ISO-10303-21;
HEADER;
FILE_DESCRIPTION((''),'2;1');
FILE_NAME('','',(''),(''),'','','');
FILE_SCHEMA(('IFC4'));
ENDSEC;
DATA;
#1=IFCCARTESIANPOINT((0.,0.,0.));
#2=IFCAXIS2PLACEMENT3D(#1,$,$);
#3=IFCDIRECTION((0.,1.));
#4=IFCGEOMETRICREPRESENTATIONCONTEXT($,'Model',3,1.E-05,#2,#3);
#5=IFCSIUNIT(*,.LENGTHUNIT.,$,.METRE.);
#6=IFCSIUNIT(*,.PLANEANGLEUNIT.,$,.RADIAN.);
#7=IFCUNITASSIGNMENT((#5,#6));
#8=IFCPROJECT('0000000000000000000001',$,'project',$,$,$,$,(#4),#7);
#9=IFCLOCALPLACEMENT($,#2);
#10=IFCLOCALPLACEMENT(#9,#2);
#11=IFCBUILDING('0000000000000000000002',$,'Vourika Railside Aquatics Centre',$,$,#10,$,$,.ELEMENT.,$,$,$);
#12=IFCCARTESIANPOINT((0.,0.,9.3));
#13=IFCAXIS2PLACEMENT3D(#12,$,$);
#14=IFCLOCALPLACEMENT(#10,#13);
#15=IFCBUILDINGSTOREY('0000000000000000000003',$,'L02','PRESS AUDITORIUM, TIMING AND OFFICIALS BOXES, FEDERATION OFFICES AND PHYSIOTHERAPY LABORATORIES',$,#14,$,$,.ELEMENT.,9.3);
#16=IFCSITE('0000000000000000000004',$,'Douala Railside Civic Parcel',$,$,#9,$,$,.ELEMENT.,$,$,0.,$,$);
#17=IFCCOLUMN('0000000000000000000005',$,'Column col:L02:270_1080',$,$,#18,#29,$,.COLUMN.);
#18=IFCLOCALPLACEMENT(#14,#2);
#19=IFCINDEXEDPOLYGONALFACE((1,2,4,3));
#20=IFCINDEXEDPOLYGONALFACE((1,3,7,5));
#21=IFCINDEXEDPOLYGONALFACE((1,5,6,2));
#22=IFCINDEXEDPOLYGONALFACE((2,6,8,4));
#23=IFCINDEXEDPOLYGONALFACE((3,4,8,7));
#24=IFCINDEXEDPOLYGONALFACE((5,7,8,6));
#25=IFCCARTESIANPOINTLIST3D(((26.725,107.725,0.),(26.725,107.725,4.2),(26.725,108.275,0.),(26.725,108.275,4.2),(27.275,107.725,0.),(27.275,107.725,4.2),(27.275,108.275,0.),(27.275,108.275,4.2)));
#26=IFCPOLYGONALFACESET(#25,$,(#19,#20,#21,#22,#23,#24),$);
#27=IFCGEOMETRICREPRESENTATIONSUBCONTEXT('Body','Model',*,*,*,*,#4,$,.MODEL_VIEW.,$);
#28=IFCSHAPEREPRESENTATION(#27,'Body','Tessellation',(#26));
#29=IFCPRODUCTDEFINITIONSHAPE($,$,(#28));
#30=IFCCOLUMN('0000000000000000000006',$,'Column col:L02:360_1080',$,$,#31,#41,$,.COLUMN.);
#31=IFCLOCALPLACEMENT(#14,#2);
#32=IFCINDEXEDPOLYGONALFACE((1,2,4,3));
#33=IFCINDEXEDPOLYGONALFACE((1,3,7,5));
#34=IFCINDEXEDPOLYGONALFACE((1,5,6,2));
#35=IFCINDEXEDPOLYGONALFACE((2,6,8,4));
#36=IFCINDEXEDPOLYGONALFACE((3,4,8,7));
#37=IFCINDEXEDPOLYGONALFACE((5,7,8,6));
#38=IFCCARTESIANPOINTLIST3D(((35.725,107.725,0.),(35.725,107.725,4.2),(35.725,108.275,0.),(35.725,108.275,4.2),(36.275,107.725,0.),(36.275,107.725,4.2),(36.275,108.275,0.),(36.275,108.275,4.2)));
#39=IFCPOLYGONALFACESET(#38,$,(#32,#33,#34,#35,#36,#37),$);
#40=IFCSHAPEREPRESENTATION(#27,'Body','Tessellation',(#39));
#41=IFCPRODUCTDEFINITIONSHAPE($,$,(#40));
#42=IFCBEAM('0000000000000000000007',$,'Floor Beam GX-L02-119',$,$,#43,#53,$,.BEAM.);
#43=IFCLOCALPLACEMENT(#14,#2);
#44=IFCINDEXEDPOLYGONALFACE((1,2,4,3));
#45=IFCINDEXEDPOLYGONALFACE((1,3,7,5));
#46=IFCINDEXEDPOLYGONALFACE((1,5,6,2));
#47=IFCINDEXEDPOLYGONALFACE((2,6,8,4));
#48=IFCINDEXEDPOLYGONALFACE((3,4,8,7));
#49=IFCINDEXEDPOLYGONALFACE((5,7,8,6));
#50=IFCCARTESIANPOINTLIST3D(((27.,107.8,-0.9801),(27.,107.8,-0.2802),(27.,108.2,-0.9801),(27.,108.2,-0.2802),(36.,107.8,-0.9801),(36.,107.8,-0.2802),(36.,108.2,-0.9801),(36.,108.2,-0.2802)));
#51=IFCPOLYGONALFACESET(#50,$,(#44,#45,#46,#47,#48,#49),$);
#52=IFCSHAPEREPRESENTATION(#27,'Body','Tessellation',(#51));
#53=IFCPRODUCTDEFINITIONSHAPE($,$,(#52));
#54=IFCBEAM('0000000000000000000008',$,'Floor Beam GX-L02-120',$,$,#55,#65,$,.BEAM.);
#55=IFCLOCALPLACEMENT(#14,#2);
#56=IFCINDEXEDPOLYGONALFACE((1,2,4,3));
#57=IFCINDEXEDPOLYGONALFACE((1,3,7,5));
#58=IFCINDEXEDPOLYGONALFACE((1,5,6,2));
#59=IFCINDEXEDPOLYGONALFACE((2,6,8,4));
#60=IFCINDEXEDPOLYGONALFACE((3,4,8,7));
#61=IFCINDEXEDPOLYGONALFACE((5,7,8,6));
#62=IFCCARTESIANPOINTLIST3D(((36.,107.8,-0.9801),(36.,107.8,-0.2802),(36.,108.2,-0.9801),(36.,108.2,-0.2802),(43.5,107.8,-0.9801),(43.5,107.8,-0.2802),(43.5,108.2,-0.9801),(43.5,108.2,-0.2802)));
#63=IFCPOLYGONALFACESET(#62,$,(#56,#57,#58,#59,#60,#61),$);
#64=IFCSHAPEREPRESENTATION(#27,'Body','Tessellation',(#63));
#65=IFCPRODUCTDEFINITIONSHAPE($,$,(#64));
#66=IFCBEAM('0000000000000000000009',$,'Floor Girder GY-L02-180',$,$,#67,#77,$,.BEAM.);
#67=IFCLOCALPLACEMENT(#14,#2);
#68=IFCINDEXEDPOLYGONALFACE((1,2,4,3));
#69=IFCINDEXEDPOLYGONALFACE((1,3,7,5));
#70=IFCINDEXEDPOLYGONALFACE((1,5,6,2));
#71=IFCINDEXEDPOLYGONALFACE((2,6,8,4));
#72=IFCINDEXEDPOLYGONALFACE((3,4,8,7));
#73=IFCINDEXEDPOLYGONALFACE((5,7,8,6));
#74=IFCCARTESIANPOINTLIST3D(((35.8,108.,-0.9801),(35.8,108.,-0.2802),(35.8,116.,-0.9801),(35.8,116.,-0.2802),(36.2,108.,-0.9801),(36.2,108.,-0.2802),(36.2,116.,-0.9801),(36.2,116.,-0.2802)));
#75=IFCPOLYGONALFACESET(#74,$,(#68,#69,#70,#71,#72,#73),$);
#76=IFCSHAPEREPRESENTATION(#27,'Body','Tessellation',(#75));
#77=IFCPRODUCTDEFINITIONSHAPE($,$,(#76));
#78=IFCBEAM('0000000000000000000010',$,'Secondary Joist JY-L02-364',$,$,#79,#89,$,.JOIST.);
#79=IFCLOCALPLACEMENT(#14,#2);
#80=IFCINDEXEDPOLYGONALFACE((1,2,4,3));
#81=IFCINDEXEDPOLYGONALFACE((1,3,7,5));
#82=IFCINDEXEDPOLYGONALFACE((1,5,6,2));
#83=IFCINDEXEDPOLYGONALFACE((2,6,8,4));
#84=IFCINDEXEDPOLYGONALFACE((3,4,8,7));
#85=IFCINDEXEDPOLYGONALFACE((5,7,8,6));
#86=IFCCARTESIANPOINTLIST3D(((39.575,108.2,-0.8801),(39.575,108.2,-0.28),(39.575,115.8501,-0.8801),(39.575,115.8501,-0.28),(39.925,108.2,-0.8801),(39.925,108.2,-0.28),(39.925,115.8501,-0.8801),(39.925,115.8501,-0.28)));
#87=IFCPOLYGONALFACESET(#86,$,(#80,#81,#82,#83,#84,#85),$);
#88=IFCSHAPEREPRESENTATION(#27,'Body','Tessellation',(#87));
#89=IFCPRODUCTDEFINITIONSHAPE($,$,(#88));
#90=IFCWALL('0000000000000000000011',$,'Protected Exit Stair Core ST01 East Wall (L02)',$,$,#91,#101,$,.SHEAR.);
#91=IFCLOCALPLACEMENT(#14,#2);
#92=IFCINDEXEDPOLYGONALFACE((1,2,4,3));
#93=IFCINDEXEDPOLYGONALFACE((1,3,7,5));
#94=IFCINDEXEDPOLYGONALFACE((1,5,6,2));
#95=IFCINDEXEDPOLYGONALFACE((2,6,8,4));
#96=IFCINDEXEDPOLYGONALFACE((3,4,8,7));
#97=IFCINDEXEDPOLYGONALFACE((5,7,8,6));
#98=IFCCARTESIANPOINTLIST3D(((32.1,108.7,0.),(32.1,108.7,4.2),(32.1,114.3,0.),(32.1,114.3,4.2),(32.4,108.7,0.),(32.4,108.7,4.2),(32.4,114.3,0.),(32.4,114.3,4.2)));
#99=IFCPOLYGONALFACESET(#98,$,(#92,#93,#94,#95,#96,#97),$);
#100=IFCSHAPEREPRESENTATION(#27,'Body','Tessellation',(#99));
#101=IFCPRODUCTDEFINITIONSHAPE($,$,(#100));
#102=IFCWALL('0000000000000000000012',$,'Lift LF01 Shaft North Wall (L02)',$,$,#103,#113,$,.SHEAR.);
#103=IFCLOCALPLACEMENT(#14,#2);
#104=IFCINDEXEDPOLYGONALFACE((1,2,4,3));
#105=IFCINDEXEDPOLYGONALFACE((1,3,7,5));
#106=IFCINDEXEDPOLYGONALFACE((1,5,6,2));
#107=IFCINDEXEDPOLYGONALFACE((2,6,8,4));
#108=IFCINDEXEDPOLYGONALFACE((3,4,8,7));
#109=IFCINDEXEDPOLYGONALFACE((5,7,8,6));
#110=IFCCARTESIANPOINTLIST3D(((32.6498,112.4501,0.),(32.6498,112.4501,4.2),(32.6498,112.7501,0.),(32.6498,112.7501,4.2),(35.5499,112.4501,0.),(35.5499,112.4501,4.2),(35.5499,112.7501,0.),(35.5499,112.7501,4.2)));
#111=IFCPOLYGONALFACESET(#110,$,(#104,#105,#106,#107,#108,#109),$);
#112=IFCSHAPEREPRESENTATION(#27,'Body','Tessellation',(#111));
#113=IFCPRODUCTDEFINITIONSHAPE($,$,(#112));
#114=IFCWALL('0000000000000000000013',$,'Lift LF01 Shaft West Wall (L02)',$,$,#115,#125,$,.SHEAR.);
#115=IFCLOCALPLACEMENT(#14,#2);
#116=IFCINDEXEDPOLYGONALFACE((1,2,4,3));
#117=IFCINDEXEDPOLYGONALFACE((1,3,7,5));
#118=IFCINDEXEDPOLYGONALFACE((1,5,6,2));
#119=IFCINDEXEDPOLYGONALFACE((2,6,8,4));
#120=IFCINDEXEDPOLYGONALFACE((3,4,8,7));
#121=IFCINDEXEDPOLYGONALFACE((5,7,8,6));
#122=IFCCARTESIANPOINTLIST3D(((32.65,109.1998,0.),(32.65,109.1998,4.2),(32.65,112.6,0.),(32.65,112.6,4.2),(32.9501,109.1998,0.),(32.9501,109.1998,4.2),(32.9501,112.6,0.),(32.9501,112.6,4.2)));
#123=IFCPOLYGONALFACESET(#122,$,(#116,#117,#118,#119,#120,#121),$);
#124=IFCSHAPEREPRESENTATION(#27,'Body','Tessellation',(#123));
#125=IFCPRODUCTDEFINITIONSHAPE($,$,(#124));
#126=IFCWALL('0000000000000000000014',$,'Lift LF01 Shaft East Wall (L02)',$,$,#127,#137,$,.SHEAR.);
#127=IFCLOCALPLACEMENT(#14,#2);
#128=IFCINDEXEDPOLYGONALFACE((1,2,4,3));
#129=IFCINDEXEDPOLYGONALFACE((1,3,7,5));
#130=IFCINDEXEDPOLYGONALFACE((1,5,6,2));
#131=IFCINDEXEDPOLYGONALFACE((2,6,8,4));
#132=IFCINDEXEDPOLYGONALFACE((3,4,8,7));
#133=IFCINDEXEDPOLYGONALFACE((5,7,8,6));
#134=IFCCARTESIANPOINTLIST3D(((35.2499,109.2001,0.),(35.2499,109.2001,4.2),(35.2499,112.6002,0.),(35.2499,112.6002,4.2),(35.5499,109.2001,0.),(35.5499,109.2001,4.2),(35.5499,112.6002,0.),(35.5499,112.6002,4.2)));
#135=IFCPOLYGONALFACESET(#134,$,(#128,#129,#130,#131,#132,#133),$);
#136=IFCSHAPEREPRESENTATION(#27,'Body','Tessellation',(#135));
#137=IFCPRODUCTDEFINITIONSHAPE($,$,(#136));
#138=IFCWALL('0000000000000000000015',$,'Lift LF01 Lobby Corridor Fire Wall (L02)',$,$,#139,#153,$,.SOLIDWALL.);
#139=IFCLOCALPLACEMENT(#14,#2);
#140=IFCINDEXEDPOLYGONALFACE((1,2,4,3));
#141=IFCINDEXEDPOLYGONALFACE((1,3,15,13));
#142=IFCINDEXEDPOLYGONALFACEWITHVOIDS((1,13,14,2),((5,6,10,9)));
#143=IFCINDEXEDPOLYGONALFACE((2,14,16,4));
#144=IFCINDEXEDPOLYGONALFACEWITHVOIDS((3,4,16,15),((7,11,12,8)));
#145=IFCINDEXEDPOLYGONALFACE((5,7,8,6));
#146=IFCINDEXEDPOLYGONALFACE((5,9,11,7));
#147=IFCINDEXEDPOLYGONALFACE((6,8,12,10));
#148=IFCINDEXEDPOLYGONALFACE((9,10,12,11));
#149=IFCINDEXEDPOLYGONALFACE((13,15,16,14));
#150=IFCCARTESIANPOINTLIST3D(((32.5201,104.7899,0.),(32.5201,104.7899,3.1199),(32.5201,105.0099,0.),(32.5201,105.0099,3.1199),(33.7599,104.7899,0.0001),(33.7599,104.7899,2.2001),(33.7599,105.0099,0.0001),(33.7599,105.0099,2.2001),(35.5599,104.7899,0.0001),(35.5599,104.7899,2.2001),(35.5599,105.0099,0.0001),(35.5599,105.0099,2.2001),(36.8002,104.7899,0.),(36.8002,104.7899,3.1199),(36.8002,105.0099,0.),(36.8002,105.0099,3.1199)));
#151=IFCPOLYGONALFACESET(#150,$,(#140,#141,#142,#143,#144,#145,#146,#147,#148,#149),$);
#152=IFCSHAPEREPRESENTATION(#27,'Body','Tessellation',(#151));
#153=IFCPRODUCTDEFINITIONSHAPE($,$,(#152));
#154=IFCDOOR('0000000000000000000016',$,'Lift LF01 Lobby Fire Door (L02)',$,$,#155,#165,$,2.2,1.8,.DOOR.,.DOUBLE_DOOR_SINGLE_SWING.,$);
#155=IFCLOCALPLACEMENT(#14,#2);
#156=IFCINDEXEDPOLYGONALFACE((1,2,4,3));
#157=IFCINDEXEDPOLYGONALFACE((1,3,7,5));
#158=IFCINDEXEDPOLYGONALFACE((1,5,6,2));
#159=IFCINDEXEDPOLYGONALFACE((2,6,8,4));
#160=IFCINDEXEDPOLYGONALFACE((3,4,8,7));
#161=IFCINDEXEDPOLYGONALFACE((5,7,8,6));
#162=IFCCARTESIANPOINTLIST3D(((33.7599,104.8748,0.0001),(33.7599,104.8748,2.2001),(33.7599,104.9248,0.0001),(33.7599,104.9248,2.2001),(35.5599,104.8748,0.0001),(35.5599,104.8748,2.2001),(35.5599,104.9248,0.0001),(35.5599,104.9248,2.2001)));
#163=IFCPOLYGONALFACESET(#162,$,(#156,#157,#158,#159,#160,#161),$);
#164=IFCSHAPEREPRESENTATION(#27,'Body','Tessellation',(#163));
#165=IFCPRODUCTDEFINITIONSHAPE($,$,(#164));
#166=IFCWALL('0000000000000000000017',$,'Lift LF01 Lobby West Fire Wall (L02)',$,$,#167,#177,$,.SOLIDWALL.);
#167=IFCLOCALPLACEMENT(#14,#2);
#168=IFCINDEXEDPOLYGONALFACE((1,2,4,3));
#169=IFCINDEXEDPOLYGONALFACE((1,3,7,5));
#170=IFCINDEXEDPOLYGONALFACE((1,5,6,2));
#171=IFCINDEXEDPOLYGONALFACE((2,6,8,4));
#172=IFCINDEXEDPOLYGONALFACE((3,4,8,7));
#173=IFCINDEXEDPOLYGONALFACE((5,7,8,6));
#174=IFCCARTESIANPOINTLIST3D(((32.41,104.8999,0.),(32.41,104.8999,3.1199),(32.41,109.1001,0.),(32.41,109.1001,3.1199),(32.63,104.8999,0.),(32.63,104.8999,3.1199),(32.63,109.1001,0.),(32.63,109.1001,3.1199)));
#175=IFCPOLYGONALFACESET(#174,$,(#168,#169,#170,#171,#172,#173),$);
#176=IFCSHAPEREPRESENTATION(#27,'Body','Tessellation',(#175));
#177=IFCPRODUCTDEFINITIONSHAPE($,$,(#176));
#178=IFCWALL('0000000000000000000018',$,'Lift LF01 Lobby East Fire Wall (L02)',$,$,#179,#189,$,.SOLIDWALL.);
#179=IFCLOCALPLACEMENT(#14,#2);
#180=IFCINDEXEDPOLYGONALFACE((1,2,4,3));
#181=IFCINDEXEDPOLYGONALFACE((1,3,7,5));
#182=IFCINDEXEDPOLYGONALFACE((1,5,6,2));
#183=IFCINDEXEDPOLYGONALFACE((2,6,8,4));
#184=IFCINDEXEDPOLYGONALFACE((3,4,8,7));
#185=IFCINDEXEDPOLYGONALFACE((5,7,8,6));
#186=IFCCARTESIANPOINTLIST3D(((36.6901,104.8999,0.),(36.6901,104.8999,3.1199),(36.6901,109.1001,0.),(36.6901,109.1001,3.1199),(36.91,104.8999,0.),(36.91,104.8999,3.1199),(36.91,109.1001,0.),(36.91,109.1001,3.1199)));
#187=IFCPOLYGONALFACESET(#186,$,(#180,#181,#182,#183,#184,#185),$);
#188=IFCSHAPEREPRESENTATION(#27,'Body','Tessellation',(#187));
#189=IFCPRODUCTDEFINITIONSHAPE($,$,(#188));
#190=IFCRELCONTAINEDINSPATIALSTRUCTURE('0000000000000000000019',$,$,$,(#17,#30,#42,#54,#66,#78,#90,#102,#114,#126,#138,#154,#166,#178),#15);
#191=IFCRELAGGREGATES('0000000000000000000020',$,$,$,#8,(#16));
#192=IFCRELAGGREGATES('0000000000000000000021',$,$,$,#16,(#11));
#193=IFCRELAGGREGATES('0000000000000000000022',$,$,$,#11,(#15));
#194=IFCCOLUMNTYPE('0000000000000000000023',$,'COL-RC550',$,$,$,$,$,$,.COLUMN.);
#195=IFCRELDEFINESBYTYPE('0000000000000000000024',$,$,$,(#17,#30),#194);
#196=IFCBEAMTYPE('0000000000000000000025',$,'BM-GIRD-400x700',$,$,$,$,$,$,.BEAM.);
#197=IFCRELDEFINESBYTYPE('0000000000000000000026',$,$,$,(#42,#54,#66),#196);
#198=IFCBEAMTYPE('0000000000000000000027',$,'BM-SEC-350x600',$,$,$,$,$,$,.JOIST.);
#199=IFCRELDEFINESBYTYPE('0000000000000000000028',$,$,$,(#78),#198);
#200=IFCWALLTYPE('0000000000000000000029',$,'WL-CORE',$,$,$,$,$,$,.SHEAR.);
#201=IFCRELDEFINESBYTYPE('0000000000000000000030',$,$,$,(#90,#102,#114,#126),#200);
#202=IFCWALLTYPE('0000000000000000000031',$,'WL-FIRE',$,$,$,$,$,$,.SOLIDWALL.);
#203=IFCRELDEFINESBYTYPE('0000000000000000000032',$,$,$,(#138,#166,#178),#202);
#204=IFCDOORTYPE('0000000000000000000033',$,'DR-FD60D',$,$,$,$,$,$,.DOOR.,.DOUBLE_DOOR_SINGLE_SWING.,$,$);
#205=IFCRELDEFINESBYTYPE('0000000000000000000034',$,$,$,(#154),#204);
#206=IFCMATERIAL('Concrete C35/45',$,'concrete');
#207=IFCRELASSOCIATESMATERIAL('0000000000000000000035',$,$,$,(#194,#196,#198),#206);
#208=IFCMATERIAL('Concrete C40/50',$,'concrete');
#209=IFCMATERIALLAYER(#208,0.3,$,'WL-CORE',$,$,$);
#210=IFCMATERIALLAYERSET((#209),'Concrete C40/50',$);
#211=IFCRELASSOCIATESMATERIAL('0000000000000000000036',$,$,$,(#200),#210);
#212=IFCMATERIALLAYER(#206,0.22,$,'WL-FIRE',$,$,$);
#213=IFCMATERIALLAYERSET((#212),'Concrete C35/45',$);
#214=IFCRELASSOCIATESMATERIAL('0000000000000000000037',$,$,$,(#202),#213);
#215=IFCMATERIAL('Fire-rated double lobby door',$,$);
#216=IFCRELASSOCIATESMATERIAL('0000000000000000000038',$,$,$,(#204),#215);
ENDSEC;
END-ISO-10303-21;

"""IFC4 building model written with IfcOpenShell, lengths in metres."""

from ifc_helpers import new_model, si_unit, direction, frame, frame_2d, origin, origin_2d, place, context, subcontext, project, spatial, rectangle, extrude, material, layer, layer_set, material_profile, profile_set, type_object, element, fill, save


model = new_model("IFC4")

# Units and contexts
model_context = context("Model", 3, precision=1e-05, world=origin(), true_north=direction((0.0, 1.0)))
body_context = subcontext(model_context, "Body", "Model", "MODEL_VIEW")
ifc_project = project(units=[si_unit("LENGTHUNIT", "METRE"), si_unit("PLANEANGLEUNIT", "RADIAN")], contexts=[model_context])

# Site, building, storey
site_placement = place(None, origin())
site = spatial("IfcSite", under=ifc_project, at=site_placement, Name="Douala Railside Civic Parcel", CompositionType="ELEMENT", RefElevation=0.0)
building_placement = place(site_placement, origin())
building = spatial("IfcBuilding", under=site, at=building_placement, Name="Vourika Railside Aquatics Centre", CompositionType="ELEMENT")
storey_placement = place(building_placement, frame((0.0, 0.0, 9.3)))
storey = spatial("IfcBuildingStorey", under=building, at=storey_placement, Name="L02", Description="PRESS AUDITORIUM, TIMING AND OFFICIALS BOXES, FEDERATION OFFICES AND PHYSIOTHERAPY LABORATORIES", CompositionType="ELEMENT", Elevation=9.3)

# Columns
ifc_material_1 = material(Name="Concrete C35/45", Category="concrete")
ifc_material_profile_1 = material_profile(ifc_material_1, rectangle(XDim=0.55, YDim=0.55, at=origin_2d()), Name="RC 550x550")
ifc_profile_set_1 = profile_set([ifc_material_profile_1], Name="Concrete C35/45")
column_type = type_object("IfcColumnType", Name="COL-RC550", PredefinedType="COLUMN", material=ifc_profile_set_1)
for number, where, z_axis, x_axis, name in (
    (1, (27.0, 108.0, 0.0), (0.0, 0.0, 1.0), (1.0, 0.0, 0.0), "Column col:L02:270_1080"),
    (2, (36.0, 108.0, 0.0), (0.0, 0.0, 1.0), (1.0, 0.0, 0.0), "Column col:L02:360_1080"),
):
    element("IfcColumn", number, at=place(storey_placement, frame(where, z_axis=z_axis, x_axis=x_axis)), inside=storey, type_object=column_type, Name=name, PredefinedType="COLUMN", context=body_context, shape_type="SweptSolid", body=[
        extrude(rectangle(XDim=0.55, YDim=0.55, at=origin_2d()), origin(), (0.0, 0.0, 1.0), 4.2),
    ])

# Beams
ifc_material_profile_2 = material_profile(ifc_material_1, rectangle(XDim=0.3999, YDim=0.7, at=origin_2d()), Name="RC 400x700")
ifc_profile_set_2 = profile_set([ifc_material_profile_2], Name="Concrete C35/45")
beam_type_1 = type_object("IfcBeamType", Name="BM-GIRD-400x700", PredefinedType="BEAM", material=ifc_profile_set_2)
beam_1_placement = place(storey_placement, frame((27.0, 108.0, -0.6301), z_axis=(1.0, 0.0, 0.0), x_axis=(0.0, 1.0, 0.0)))
element("IfcBeam", 3, at=beam_1_placement, inside=storey, type_object=beam_type_1, Name="Floor Beam GX-L02-119", PredefinedType="BEAM", context=body_context, shape_type="SweptSolid", body=[
    extrude(rectangle(XDim=0.3999, YDim=0.7, at=origin_2d()), origin(), (0.0, 0.0, 1.0), 9.0),
])
beam_2_placement = place(storey_placement, frame((36.0, 108.0, -0.6301), z_axis=(1.0, 0.0, 0.0), x_axis=(0.0, 1.0, 0.0)))
element("IfcBeam", 4, at=beam_2_placement, inside=storey, type_object=beam_type_1, Name="Floor Beam GX-L02-120", PredefinedType="BEAM", context=body_context, shape_type="SweptSolid", body=[
    extrude(rectangle(XDim=0.3999, YDim=0.7, at=origin_2d()), origin(), (0.0, 0.0, 1.0), 7.5),
])
beam_3_placement = place(storey_placement, frame((36.0, 108.0, -0.6301), z_axis=(0.0, 1.0, 0.0), x_axis=(-1.0, 0.0, 0.0)))
element("IfcBeam", 5, at=beam_3_placement, inside=storey, type_object=beam_type_1, Name="Floor Girder GY-L02-180", PredefinedType="BEAM", context=body_context, shape_type="SweptSolid", body=[
    extrude(rectangle(XDim=0.3999, YDim=0.7, at=origin_2d()), origin(), (0.0, 0.0, 1.0), 8.0),
])
ifc_material_profile_3 = material_profile(ifc_material_1, rectangle(XDim=0.3501, YDim=0.6001, at=origin_2d()), Name="RC 350x600")
ifc_profile_set_3 = profile_set([ifc_material_profile_3], Name="Concrete C35/45")
beam_type_2 = type_object("IfcBeamType", Name="BM-SEC-350x600", PredefinedType="JOIST", material=ifc_profile_set_3)
beam_4_placement = place(storey_placement, frame((39.75, 108.2, -0.5801), z_axis=(0.0, 1.0, 0.0), x_axis=(-1.0, 0.0, 0.0)))
element("IfcBeam", 6, at=beam_4_placement, inside=storey, type_object=beam_type_2, Name="Secondary Joist JY-L02-364", PredefinedType="JOIST", context=body_context, shape_type="SweptSolid", body=[
    extrude(rectangle(XDim=0.3501, YDim=0.6001, at=origin_2d()), origin(), (0.0, 0.0, 1.0), 7.6501),
])

# Wall
ifc_material_2 = material(Name="Concrete C40/50", Category="concrete")
ifc_layer_1 = layer(ifc_material_2, 0.3, Name="WL-CORE")
ifc_layer_set_1 = layer_set([ifc_layer_1], Name="Concrete C40/50")
wall_type_1 = type_object("IfcWallType", Name="WL-CORE", PredefinedType="SHEAR", material=ifc_layer_set_1)
wall_1_placement = place(storey_placement, frame((32.25, 108.7, 0.0), z_axis=(0.0, 0.0, 1.0), x_axis=(0.0, 1.0, 0.0)))
element("IfcWall", 7, at=wall_1_placement, inside=storey, type_object=wall_type_1, Name="Protected Exit Stair Core ST01 East Wall (L02)", PredefinedType="SHEAR", context=body_context, shape_type="SweptSolid", body=[
    extrude(rectangle(XDim=5.6001, YDim=0.3, at=frame_2d((2.8, 0.0))), origin(), (0.0, 0.0, 1.0), 4.2),
])

# Walls
wall_2_placement = place(storey_placement, frame((35.55, 112.6001, 0.0), z_axis=(0.0, 0.0, 1.0), x_axis=(-1.0, 0.0, 0.0)))
element("IfcWall", 8, at=wall_2_placement, inside=storey, type_object=wall_type_1, Name="Lift LF01 Shaft North Wall (L02)", PredefinedType="SHEAR", context=body_context, shape_type="SweptSolid", body=[
    extrude(rectangle(XDim=2.9001, YDim=0.3, at=frame_2d((1.4502, 0.0))), origin(), (0.0, 0.0, 1.0), 4.2),
])
for number, where, z_axis, x_axis, name in (
    (9, (32.8, 112.6001, 0.0), (0.0, 0.0, 1.0), (0.0, -1.0, 0.0), "Lift LF01 Shaft West Wall (L02)"),
    (10, (35.3999, 109.2, 0.0), (0.0, 0.0, 1.0), (0.0, 1.0, 0.0), "Lift LF01 Shaft East Wall (L02)"),
):
    element("IfcWall", number, at=place(storey_placement, frame(where, z_axis=z_axis, x_axis=x_axis)), inside=storey, type_object=wall_type_1, Name=name, PredefinedType="SHEAR", context=body_context, shape_type="SweptSolid", body=[
        extrude(rectangle(XDim=3.4001, YDim=0.3, at=frame_2d((1.7002, 0.0))), origin(), (0.0, 0.0, 1.0), 4.2),
    ])

# Wall, opening, door
ifc_layer_2 = layer(ifc_material_1, 0.22, Name="WL-FIRE")
ifc_layer_set_2 = layer_set([ifc_layer_2], Name="Concrete C35/45")
wall_type_2 = type_object("IfcWallType", Name="WL-FIRE", PredefinedType="SOLIDWALL", material=ifc_layer_set_2)
wall_3_placement = place(storey_placement, frame((32.52, 104.8999, 0.0), z_axis=(0.0, 0.0, 1.0), x_axis=(1.0, 0.0, 0.0)))
wall_3 = element("IfcWall", 11, at=wall_3_placement, inside=storey, type_object=wall_type_2, Name="Lift LF01 Lobby Corridor Fire Wall (L02)", PredefinedType="SOLIDWALL", context=body_context, shape_type="SweptSolid", body=[
    extrude(rectangle(XDim=4.28, YDim=0.22, at=frame_2d((2.1401, 0.0))), origin(), (0.0, 0.0, 1.0), 3.1199),
])
opening_1_placement = place(wall_3_placement, frame((1.24, 0.0, 0.0)))
opening_1 = element("IfcOpeningElement", 12, at=opening_1_placement, cuts=wall_3, PredefinedType="OPENING", context=body_context, shape_type="SweptSolid", body=[
    extrude(rectangle(XDim=1.8, YDim=2.2, at=frame_2d((0.8999, 1.1001))), frame((0.0, 0.1201, 0.0), z_axis=(0.0, -1.0, 0.0), x_axis=(1.0, 0.0, 0.0)), (0.0, 0.0, 1.0), 0.24),
])
ifc_material_3 = material(Name="Fire-rated double lobby door")
door_type_1 = type_object("IfcDoorType", Name="DR-FD60D", OperationType="DOUBLE_DOOR_SINGLE_SWING", PredefinedType="DOOR", material=ifc_material_3)
door_1_placement = place(opening_1_placement, origin())
door_1 = element("IfcDoor", 13, at=door_1_placement, inside=storey, type_object=door_type_1, Name="Lift LF01 Lobby Fire Door (L02)", OperationType="DOUBLE_DOOR_SINGLE_SWING", OverallHeight=2.2, OverallWidth=1.8, PredefinedType="DOOR", context=body_context, shape_type="SweptSolid", body=[
    extrude(rectangle(XDim=1.8, YDim=2.2, at=frame_2d((0.8999, 1.1001))), frame((0.0, 0.0249, 0.0), z_axis=(0.0, -1.0, 0.0), x_axis=(1.0, 0.0, 0.0)), (0.0, 0.0, 1.0), 0.05),
])
fill(opening_1, door_1)

# Walls
for number, where, z_axis, x_axis, name in (
    (14, (32.52, 104.8999, 0.0), (0.0, 0.0, 1.0), (0.0, 1.0, 0.0), "Lift LF01 Lobby West Fire Wall (L02)"),
    (15, (36.8, 104.8999, 0.0), (0.0, 0.0, 1.0), (0.0, 1.0, 0.0), "Lift LF01 Lobby East Fire Wall (L02)"),
):
    element("IfcWall", number, at=place(storey_placement, frame(where, z_axis=z_axis, x_axis=x_axis)), inside=storey, type_object=wall_type_2, Name=name, PredefinedType="SOLIDWALL", context=body_context, shape_type="SweptSolid", body=[
        extrude(rectangle(XDim=4.2002, YDim=0.22, at=frame_2d((2.1001, 0.0))), origin(), (0.0, 0.0, 1.0), 3.1199),
    ])

save(model, "model.ifc")
